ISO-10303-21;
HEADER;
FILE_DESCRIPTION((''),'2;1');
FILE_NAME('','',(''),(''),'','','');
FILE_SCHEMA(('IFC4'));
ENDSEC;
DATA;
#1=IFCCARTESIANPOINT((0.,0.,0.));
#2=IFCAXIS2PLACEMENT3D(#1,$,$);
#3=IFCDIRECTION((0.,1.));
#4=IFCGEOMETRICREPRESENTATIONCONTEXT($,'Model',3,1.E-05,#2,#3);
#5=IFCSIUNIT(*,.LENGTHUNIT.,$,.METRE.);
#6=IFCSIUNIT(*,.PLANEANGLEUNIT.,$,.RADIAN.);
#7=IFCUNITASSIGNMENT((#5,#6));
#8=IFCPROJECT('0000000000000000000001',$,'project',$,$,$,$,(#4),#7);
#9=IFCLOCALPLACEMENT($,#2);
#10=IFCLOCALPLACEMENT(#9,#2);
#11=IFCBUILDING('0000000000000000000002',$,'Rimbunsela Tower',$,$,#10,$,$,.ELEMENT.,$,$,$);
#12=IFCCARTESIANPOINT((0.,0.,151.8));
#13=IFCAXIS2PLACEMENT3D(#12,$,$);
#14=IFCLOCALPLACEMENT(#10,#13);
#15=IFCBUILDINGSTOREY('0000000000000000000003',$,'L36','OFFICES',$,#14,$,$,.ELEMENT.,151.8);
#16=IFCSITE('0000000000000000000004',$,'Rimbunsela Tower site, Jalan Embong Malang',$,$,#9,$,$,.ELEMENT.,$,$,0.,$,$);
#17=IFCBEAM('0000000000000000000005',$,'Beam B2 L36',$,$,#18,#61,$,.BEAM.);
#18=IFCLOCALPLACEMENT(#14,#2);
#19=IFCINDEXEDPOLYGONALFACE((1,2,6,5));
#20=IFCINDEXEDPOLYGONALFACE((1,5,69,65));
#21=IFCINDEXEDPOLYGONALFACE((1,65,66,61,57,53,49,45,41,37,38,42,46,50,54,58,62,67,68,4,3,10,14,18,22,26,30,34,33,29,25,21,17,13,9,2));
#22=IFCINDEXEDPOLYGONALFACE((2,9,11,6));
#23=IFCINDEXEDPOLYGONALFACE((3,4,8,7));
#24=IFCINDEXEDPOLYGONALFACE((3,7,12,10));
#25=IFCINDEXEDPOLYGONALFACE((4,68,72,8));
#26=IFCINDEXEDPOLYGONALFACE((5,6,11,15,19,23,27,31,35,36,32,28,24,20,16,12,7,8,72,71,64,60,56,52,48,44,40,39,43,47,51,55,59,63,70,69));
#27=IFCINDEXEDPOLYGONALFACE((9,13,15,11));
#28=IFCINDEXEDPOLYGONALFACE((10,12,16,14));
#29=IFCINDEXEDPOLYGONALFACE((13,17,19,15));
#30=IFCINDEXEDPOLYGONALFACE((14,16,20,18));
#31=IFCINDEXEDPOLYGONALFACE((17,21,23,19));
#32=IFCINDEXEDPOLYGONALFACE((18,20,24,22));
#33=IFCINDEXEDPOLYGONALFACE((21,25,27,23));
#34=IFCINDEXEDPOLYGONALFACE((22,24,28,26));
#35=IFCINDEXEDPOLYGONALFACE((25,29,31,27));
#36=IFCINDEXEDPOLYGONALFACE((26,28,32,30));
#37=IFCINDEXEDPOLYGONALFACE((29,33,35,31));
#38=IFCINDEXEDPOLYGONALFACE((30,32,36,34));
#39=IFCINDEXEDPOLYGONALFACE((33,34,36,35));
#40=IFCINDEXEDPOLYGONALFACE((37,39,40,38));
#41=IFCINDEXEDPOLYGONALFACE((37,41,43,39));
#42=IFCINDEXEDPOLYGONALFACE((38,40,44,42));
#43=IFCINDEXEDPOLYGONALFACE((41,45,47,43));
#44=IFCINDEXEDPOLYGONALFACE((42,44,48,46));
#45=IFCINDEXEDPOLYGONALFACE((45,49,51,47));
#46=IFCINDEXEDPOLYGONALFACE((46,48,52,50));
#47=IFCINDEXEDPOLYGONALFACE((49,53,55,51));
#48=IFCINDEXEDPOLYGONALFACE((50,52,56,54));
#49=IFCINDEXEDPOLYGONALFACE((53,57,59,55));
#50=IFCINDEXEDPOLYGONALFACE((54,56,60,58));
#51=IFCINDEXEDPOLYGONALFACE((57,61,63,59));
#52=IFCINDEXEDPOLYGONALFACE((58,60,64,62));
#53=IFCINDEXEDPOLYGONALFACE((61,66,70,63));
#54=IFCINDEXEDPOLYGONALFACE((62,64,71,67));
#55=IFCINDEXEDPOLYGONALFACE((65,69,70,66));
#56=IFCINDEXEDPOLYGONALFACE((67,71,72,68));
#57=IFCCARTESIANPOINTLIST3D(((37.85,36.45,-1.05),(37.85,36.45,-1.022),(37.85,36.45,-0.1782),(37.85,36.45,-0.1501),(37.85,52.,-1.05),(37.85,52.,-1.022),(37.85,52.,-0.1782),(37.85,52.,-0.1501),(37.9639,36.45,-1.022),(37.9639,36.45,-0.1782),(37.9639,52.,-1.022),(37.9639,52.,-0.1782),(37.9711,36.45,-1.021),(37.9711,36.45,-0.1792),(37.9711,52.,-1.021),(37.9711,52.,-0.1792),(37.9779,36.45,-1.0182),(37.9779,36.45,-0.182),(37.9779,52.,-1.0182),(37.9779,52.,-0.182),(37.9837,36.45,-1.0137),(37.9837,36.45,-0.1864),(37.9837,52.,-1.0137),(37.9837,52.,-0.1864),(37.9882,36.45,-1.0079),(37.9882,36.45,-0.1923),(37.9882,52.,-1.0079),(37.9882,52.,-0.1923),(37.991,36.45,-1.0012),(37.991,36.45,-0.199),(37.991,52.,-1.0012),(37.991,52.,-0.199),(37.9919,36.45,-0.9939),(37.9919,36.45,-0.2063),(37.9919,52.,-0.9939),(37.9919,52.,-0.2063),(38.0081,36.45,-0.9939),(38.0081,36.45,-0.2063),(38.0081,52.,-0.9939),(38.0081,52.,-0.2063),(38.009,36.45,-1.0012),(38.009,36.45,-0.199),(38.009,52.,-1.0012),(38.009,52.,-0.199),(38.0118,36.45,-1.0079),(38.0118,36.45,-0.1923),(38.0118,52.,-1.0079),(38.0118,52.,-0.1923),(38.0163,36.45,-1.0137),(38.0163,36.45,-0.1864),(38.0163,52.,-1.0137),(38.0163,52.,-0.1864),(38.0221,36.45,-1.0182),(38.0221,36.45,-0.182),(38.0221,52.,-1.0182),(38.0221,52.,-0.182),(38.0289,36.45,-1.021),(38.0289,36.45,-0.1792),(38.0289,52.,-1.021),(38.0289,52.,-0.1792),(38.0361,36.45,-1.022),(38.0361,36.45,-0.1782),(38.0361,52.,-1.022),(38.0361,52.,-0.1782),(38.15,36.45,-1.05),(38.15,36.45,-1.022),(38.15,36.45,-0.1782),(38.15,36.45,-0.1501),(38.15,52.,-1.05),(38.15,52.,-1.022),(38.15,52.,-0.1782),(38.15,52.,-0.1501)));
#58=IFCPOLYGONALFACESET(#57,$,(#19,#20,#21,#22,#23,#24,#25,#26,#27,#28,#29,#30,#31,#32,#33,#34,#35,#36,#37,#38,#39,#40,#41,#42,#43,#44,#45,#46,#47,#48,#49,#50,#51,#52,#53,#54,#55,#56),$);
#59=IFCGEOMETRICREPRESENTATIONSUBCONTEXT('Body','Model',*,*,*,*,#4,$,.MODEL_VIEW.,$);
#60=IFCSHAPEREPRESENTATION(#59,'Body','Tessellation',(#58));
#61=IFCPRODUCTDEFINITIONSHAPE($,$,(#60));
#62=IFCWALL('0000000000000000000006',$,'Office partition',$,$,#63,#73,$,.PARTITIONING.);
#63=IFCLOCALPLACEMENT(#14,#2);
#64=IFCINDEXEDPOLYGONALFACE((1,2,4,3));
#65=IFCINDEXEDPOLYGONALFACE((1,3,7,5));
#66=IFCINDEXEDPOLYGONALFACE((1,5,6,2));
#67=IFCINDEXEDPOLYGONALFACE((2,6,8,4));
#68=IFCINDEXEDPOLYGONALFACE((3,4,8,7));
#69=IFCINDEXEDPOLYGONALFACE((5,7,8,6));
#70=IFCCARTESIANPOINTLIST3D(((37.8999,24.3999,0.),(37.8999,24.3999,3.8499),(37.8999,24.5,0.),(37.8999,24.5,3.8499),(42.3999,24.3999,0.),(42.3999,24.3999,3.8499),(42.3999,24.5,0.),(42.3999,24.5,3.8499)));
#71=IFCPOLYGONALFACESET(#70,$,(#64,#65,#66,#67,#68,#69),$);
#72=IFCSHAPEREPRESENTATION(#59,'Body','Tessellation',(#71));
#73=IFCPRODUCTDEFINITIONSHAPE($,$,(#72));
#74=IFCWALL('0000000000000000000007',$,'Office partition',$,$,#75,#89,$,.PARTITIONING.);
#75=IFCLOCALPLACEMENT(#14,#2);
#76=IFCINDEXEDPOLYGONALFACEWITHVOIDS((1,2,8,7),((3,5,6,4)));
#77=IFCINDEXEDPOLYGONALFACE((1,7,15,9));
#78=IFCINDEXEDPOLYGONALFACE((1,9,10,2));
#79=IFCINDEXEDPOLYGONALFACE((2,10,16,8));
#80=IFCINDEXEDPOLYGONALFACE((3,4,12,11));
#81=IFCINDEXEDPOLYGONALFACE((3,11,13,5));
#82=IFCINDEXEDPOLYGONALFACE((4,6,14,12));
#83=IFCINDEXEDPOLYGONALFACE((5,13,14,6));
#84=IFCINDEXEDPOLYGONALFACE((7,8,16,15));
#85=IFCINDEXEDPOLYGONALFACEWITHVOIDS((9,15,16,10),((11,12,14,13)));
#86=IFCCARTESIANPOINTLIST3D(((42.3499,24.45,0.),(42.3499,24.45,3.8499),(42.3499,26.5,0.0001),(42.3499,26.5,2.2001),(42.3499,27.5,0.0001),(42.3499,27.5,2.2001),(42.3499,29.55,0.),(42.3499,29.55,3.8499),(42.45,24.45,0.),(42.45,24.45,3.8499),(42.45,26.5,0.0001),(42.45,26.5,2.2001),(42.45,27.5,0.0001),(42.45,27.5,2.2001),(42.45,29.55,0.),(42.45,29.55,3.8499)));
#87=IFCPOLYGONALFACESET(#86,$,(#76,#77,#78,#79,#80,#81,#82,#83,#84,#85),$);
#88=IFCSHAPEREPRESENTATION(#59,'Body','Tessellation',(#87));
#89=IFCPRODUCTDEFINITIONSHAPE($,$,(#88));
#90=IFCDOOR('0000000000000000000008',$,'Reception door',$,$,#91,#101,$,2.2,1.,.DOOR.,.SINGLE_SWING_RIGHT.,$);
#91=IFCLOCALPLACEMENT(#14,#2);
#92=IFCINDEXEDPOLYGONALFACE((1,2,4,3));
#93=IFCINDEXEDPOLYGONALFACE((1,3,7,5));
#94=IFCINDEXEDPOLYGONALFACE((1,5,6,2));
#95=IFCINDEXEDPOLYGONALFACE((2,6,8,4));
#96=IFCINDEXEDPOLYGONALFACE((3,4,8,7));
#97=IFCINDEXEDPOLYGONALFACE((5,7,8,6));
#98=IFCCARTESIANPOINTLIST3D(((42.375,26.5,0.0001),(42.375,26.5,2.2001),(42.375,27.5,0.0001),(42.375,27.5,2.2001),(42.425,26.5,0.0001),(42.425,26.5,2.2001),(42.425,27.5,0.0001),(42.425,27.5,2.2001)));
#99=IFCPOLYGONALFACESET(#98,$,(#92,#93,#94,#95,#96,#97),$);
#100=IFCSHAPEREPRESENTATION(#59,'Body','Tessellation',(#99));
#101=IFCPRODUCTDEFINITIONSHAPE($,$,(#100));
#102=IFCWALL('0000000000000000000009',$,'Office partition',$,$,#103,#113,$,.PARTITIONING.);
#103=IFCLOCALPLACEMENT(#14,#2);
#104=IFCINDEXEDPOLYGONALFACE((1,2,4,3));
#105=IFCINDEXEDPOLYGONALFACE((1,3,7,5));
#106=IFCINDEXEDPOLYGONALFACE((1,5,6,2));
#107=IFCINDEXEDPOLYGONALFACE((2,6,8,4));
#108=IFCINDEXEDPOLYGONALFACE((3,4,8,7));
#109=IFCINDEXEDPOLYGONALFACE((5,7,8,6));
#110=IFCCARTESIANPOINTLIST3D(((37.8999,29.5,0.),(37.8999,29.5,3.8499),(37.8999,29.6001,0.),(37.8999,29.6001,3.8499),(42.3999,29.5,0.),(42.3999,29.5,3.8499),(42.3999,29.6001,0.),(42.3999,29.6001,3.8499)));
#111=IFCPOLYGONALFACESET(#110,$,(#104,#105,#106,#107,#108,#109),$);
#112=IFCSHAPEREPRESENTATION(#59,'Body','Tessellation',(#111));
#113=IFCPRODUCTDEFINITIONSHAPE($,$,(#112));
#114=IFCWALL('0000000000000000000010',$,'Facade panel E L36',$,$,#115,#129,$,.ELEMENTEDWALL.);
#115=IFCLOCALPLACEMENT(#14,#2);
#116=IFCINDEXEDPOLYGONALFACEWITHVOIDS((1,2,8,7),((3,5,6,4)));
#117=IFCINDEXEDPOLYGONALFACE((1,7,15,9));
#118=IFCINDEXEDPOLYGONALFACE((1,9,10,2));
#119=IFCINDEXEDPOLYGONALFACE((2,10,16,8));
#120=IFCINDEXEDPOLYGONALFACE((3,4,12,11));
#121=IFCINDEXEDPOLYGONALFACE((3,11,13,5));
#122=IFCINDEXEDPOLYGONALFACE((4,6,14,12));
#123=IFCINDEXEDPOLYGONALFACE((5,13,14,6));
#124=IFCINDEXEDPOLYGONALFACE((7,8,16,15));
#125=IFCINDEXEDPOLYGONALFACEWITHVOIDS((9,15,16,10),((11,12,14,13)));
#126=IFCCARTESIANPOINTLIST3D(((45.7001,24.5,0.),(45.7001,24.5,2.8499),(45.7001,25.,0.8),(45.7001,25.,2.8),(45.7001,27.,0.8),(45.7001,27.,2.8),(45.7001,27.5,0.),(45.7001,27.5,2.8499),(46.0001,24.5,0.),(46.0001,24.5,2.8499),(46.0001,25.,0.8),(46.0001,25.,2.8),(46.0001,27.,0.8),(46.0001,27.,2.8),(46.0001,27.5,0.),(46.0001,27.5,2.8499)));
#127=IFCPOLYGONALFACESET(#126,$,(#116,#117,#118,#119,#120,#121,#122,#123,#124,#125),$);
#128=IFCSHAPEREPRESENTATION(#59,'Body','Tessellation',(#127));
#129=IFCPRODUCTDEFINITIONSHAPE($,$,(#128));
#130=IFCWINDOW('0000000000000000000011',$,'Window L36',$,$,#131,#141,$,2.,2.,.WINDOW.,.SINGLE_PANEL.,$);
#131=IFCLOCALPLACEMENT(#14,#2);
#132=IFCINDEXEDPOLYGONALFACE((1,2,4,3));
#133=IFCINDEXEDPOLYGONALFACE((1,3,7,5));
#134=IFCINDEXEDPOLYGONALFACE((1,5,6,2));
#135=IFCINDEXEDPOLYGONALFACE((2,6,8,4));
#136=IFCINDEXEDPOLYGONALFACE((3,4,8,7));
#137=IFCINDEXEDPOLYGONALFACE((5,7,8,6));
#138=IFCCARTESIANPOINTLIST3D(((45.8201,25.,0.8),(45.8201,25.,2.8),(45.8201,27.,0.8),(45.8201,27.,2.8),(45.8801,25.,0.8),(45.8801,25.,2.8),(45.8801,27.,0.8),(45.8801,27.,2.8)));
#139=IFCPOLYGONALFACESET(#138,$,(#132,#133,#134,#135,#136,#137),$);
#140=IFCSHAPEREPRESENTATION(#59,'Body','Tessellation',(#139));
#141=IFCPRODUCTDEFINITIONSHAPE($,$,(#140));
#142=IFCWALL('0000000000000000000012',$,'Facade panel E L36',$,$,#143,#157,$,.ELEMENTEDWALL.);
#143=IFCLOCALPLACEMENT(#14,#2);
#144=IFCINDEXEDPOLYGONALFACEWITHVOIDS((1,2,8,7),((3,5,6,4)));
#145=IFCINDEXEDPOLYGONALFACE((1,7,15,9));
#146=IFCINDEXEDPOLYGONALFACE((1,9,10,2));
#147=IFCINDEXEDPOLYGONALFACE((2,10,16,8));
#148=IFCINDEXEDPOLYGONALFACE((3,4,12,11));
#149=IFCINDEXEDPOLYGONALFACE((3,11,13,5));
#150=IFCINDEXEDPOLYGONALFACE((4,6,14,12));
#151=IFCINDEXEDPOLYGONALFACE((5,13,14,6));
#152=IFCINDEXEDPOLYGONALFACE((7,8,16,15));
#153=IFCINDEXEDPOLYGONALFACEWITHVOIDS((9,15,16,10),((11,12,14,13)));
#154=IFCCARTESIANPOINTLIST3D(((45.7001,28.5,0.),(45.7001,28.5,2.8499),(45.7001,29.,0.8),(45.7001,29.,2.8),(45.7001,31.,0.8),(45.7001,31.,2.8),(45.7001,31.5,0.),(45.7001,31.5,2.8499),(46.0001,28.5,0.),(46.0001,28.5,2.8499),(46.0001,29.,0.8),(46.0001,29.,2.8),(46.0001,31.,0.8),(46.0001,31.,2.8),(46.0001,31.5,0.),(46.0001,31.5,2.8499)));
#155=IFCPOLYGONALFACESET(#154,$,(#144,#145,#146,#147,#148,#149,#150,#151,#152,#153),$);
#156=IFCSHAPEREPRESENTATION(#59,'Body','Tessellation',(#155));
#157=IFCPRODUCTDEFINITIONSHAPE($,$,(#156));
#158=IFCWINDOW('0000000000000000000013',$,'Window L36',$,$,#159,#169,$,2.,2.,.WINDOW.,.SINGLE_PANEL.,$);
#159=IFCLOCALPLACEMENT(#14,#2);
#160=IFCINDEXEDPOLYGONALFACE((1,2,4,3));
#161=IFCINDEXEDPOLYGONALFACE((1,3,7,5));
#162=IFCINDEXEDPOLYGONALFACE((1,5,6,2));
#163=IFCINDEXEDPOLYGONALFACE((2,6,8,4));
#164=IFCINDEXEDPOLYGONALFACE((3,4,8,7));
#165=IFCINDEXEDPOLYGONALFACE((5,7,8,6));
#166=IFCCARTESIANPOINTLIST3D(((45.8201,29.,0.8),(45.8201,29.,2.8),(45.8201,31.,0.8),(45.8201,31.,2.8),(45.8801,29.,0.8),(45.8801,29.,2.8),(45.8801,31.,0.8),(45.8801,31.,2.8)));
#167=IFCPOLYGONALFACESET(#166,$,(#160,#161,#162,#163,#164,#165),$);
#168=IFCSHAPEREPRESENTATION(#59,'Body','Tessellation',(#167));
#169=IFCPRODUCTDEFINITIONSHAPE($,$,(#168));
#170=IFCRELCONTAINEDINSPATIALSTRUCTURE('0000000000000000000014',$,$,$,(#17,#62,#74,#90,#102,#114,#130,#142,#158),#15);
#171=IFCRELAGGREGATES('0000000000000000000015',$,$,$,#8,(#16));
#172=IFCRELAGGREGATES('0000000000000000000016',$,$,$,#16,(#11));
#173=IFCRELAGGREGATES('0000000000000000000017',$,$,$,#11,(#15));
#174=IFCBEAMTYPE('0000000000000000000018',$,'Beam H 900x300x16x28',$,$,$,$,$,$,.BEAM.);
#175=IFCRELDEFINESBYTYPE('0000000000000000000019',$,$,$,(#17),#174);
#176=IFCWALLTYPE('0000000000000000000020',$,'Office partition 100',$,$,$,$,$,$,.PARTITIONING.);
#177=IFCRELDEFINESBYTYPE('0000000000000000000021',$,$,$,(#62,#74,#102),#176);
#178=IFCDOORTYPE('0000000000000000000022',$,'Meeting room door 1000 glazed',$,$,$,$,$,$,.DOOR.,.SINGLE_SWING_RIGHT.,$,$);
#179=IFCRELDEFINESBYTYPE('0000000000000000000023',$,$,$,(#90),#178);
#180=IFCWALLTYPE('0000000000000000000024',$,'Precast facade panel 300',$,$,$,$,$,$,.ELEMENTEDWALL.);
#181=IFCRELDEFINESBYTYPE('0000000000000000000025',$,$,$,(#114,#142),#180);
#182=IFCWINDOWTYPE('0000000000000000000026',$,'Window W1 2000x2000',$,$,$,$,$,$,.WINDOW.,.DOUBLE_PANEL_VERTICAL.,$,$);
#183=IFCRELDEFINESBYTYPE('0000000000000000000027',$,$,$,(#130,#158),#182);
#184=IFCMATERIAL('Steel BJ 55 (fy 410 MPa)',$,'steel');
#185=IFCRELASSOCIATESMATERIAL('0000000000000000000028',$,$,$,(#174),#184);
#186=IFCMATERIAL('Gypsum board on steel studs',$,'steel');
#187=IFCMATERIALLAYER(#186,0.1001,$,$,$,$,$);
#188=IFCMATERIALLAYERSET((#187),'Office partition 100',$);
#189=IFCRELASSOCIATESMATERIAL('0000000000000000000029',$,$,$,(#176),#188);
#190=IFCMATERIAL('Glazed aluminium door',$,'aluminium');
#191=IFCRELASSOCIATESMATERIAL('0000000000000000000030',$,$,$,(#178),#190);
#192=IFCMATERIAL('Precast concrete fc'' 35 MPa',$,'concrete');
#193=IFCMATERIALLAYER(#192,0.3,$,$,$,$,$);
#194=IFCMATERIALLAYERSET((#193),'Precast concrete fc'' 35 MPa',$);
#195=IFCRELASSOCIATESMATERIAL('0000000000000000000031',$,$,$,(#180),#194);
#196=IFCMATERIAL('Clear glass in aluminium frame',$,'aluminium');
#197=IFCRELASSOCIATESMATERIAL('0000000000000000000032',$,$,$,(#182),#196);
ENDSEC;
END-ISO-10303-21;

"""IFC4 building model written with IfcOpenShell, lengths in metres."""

from ifc_helpers import new_model, si_unit, direction, frame, frame_2d, origin, origin_2d, place, context, subcontext, project, spatial, rectangle, i_section, extrude, material, layer, layer_set, material_profile, profile_set, type_object, element, fill, save


model = new_model("IFC4")

# Units and contexts
model_context = context("Model", 3, precision=1e-05, world=origin(), true_north=direction((0.0, 1.0)))
body_context = subcontext(model_context, "Body", "Model", "MODEL_VIEW")
ifc_project = project(units=[si_unit("LENGTHUNIT", "METRE"), si_unit("PLANEANGLEUNIT", "RADIAN")], contexts=[model_context])

# Site, building, storey
site_placement = place(None, origin())
site = spatial("IfcSite", under=ifc_project, at=site_placement, Name="Rimbunsela Tower site, Jalan Embong Malang", CompositionType="ELEMENT", RefElevation=0.0)
building_placement = place(site_placement, origin())
building = spatial("IfcBuilding", under=site, at=building_placement, Name="Rimbunsela Tower", CompositionType="ELEMENT")
storey_placement = place(building_placement, frame((0.0, 0.0, 151.8)))
storey = spatial("IfcBuildingStorey", under=building, at=storey_placement, Name="L36", Description="OFFICES", CompositionType="ELEMENT", Elevation=151.8)

# Beam
ifc_material_1 = material(Name="Steel BJ 55 (fy 410 MPa)", Category="steel")
ifc_material_profile_1 = material_profile(ifc_material_1, i_section(OverallWidth=0.3, OverallDepth=0.8999, WebThickness=0.0161, FlangeThickness=0.0281, FilletRadius=0.0281, at=origin_2d()), Name="H 900x300x16x28")
ifc_profile_set_1 = profile_set([ifc_material_profile_1], Name="Steel BJ 55 (fy 410 MPa)")
beam_type_1 = type_object("IfcBeamType", Name="Beam H 900x300x16x28", PredefinedType="BEAM", material=ifc_profile_set_1)
beam_1_placement = place(storey_placement, frame((38.0, 36.45, -0.6001), z_axis=(0.0, 1.0, 0.0), x_axis=(-1.0, 0.0, 0.0)))
element("IfcBeam", 1, at=beam_1_placement, inside=storey, type_object=beam_type_1, Name="Beam B2 L36", PredefinedType="BEAM", context=body_context, shape_type="SweptSolid", body=[
    extrude(i_section(OverallWidth=0.3, OverallDepth=0.8999, WebThickness=0.0161, FlangeThickness=0.0281, FilletRadius=0.0281, at=origin_2d()), origin(), (0.0, 0.0, 1.0), 15.55),
])

# Wall
ifc_material_2 = material(Name="Gypsum board on steel studs", Category="steel")
ifc_layer_1 = layer(ifc_material_2, 0.1001)
ifc_layer_set_1 = layer_set([ifc_layer_1], Name="Office partition 100")
wall_type_1 = type_object("IfcWallType", Name="Office partition 100", PredefinedType="PARTITIONING", material=ifc_layer_set_1)
wall_1_placement = place(storey_placement, frame((37.8999, 24.45, 0.0), z_axis=(0.0, 0.0, 1.0), x_axis=(1.0, 0.0, 0.0)))
element("IfcWall", 2, at=wall_1_placement, inside=storey, type_object=wall_type_1, Name="Office partition", PredefinedType="PARTITIONING", context=body_context, shape_type="SweptSolid", body=[
    extrude(rectangle(XDim=4.5, YDim=0.1001, at=frame_2d((2.25, 0.0))), origin(), (0.0, 0.0, 1.0), 3.8499),
])

# Wall, opening, door
wall_2_placement = place(storey_placement, frame((42.3999, 24.45, 0.0), z_axis=(0.0, 0.0, 1.0), x_axis=(0.0, 1.0, 0.0)))
wall_2 = element("IfcWall", 3, at=wall_2_placement, inside=storey, type_object=wall_type_1, Name="Office partition", PredefinedType="PARTITIONING", context=body_context, shape_type="SweptSolid", body=[
    extrude(rectangle(XDim=5.1001, YDim=0.1001, at=frame_2d((2.55, 0.0))), origin(), (0.0, 0.0, 1.0), 3.8499),
])
opening_1_placement = place(wall_2_placement, frame((2.05, 0.0, 0.0)))
opening_1 = element("IfcOpeningElement", 4, at=opening_1_placement, cuts=wall_2, PredefinedType="OPENING", context=body_context, shape_type="SweptSolid", body=[
    extrude(rectangle(XDim=1.0, YDim=2.2, at=frame_2d((0.5, 1.1001))), frame((0.0, 0.0601, 0.0), z_axis=(0.0, -1.0, 0.0), x_axis=(1.0, 0.0, 0.0)), (0.0, 0.0, 1.0), 0.1201),
])
ifc_material_3 = material(Name="Glazed aluminium door", Category="aluminium")
door_type = type_object("IfcDoorType", Name="Meeting room door 1000 glazed", OperationType="SINGLE_SWING_RIGHT", PredefinedType="DOOR", material=ifc_material_3)
door_placement = place(opening_1_placement, origin())
door = element("IfcDoor", 5, at=door_placement, inside=storey, type_object=door_type, Name="Reception door", OperationType="SINGLE_SWING_RIGHT", OverallHeight=2.2, OverallWidth=1.0, PredefinedType="DOOR", context=body_context, shape_type="SweptSolid", body=[
    extrude(rectangle(XDim=1.0, YDim=2.2, at=frame_2d((0.5, 1.1001))), frame((0.0, 0.0249, 0.0), z_axis=(0.0, -1.0, 0.0), x_axis=(1.0, 0.0, 0.0)), (0.0, 0.0, 1.0), 0.05),
])
fill(opening_1, door)

# Wall
wall_3_placement = place(storey_placement, frame((42.3999, 29.55, 0.0), z_axis=(0.0, 0.0, 1.0), x_axis=(-1.0, 0.0, 0.0)))
element("IfcWall", 6, at=wall_3_placement, inside=storey, type_object=wall_type_1, Name="Office partition", PredefinedType="PARTITIONING", context=body_context, shape_type="SweptSolid", body=[
    extrude(rectangle(XDim=4.5, YDim=0.1001, at=frame_2d((2.25, 0.0))), origin(), (0.0, 0.0, 1.0), 3.8499),
])

# Walls, openings, windows
ifc_material_4 = material(Name="Precast concrete fc' 35 MPa", Category="concrete")
ifc_layer_2 = layer(ifc_material_4, 0.3)
ifc_layer_set_2 = layer_set([ifc_layer_2], Name="Precast concrete fc' 35 MPa")
wall_type_2 = type_object("IfcWallType", Name="Precast facade panel 300", PredefinedType="ELEMENTEDWALL", material=ifc_layer_set_2)
wall_4_placement = place(storey_placement, frame((45.8501, 24.5, 0.0), z_axis=(0.0, 0.0, 1.0), x_axis=(0.0, 1.0, 0.0)))
wall_4 = element("IfcWall", 7, at=wall_4_placement, inside=storey, type_object=wall_type_2, Name="Facade panel E L36", PredefinedType="ELEMENTEDWALL", context=body_context, shape_type="SweptSolid", body=[
    extrude(rectangle(XDim=3.0, YDim=0.3, at=frame_2d((1.5, 0.0))), origin(), (0.0, 0.0, 1.0), 2.8499),
])
opening_2_placement = place(wall_4_placement, frame((0.5, 0.0, 0.8)))
opening_2 = element("IfcOpeningElement", 8, at=opening_2_placement, cuts=wall_4, PredefinedType="OPENING", context=body_context, shape_type="SweptSolid", body=[
    extrude(rectangle(XDim=2.0, YDim=2.0, at=frame_2d((1.0, 1.0))), frame((0.0, 0.1599, 0.0), z_axis=(0.0, -1.0, 0.0), x_axis=(1.0, 0.0, 0.0)), (0.0, 0.0, 1.0), 0.3201),
])
ifc_material_5 = material(Name="Clear glass in aluminium frame", Category="aluminium")
window_type = type_object("IfcWindowType", Name="Window W1 2000x2000", PartitioningType="DOUBLE_PANEL_VERTICAL", PredefinedType="WINDOW", material=ifc_material_5)
window_1_placement = place(opening_2_placement, origin())
window_1 = element("IfcWindow", 9, at=window_1_placement, inside=storey, type_object=window_type, Name="Window L36", OverallHeight=2.0, OverallWidth=2.0, PartitioningType="SINGLE_PANEL", PredefinedType="WINDOW", context=body_context, shape_type="SweptSolid", body=[
    extrude(rectangle(XDim=2.0, YDim=2.0, at=frame_2d((1.0, 1.0))), frame((0.0, 0.03, 0.0), z_axis=(0.0, -1.0, 0.0), x_axis=(1.0, 0.0, 0.0)), (0.0, 0.0, 1.0), 0.0601),
])
fill(opening_2, window_1)
wall_5_placement = place(storey_placement, frame((45.8501, 28.5, 0.0), z_axis=(0.0, 0.0, 1.0), x_axis=(0.0, 1.0, 0.0)))
wall_5 = element("IfcWall", 10, at=wall_5_placement, inside=storey, type_object=wall_type_2, Name="Facade panel E L36", PredefinedType="ELEMENTEDWALL", context=body_context, shape_type="SweptSolid", body=[
    extrude(rectangle(XDim=3.0, YDim=0.3, at=frame_2d((1.5, 0.0))), origin(), (0.0, 0.0, 1.0), 2.8499),
])
opening_3_placement = place(wall_5_placement, frame((0.5, 0.0, 0.8)))
opening_3 = element("IfcOpeningElement", 11, at=opening_3_placement, cuts=wall_5, PredefinedType="OPENING", context=body_context, shape_type="SweptSolid", body=[
    extrude(rectangle(XDim=2.0, YDim=2.0, at=frame_2d((1.0, 1.0))), frame((0.0, 0.1599, 0.0), z_axis=(0.0, -1.0, 0.0), x_axis=(1.0, 0.0, 0.0)), (0.0, 0.0, 1.0), 0.3201),
])
window_2_placement = place(opening_3_placement, origin())
window_2 = element("IfcWindow", 12, at=window_2_placement, inside=storey, type_object=window_type, Name="Window L36", OverallHeight=2.0, OverallWidth=2.0, PartitioningType="SINGLE_PANEL", PredefinedType="WINDOW", context=body_context, shape_type="SweptSolid", body=[
    extrude(rectangle(XDim=2.0, YDim=2.0, at=frame_2d((1.0, 1.0))), frame((0.0, 0.03, 0.0), z_axis=(0.0, -1.0, 0.0), x_axis=(1.0, 0.0, 0.0)), (0.0, 0.0, 1.0), 0.0601),
])
fill(opening_3, window_2)

save(model, "model.ifc")
